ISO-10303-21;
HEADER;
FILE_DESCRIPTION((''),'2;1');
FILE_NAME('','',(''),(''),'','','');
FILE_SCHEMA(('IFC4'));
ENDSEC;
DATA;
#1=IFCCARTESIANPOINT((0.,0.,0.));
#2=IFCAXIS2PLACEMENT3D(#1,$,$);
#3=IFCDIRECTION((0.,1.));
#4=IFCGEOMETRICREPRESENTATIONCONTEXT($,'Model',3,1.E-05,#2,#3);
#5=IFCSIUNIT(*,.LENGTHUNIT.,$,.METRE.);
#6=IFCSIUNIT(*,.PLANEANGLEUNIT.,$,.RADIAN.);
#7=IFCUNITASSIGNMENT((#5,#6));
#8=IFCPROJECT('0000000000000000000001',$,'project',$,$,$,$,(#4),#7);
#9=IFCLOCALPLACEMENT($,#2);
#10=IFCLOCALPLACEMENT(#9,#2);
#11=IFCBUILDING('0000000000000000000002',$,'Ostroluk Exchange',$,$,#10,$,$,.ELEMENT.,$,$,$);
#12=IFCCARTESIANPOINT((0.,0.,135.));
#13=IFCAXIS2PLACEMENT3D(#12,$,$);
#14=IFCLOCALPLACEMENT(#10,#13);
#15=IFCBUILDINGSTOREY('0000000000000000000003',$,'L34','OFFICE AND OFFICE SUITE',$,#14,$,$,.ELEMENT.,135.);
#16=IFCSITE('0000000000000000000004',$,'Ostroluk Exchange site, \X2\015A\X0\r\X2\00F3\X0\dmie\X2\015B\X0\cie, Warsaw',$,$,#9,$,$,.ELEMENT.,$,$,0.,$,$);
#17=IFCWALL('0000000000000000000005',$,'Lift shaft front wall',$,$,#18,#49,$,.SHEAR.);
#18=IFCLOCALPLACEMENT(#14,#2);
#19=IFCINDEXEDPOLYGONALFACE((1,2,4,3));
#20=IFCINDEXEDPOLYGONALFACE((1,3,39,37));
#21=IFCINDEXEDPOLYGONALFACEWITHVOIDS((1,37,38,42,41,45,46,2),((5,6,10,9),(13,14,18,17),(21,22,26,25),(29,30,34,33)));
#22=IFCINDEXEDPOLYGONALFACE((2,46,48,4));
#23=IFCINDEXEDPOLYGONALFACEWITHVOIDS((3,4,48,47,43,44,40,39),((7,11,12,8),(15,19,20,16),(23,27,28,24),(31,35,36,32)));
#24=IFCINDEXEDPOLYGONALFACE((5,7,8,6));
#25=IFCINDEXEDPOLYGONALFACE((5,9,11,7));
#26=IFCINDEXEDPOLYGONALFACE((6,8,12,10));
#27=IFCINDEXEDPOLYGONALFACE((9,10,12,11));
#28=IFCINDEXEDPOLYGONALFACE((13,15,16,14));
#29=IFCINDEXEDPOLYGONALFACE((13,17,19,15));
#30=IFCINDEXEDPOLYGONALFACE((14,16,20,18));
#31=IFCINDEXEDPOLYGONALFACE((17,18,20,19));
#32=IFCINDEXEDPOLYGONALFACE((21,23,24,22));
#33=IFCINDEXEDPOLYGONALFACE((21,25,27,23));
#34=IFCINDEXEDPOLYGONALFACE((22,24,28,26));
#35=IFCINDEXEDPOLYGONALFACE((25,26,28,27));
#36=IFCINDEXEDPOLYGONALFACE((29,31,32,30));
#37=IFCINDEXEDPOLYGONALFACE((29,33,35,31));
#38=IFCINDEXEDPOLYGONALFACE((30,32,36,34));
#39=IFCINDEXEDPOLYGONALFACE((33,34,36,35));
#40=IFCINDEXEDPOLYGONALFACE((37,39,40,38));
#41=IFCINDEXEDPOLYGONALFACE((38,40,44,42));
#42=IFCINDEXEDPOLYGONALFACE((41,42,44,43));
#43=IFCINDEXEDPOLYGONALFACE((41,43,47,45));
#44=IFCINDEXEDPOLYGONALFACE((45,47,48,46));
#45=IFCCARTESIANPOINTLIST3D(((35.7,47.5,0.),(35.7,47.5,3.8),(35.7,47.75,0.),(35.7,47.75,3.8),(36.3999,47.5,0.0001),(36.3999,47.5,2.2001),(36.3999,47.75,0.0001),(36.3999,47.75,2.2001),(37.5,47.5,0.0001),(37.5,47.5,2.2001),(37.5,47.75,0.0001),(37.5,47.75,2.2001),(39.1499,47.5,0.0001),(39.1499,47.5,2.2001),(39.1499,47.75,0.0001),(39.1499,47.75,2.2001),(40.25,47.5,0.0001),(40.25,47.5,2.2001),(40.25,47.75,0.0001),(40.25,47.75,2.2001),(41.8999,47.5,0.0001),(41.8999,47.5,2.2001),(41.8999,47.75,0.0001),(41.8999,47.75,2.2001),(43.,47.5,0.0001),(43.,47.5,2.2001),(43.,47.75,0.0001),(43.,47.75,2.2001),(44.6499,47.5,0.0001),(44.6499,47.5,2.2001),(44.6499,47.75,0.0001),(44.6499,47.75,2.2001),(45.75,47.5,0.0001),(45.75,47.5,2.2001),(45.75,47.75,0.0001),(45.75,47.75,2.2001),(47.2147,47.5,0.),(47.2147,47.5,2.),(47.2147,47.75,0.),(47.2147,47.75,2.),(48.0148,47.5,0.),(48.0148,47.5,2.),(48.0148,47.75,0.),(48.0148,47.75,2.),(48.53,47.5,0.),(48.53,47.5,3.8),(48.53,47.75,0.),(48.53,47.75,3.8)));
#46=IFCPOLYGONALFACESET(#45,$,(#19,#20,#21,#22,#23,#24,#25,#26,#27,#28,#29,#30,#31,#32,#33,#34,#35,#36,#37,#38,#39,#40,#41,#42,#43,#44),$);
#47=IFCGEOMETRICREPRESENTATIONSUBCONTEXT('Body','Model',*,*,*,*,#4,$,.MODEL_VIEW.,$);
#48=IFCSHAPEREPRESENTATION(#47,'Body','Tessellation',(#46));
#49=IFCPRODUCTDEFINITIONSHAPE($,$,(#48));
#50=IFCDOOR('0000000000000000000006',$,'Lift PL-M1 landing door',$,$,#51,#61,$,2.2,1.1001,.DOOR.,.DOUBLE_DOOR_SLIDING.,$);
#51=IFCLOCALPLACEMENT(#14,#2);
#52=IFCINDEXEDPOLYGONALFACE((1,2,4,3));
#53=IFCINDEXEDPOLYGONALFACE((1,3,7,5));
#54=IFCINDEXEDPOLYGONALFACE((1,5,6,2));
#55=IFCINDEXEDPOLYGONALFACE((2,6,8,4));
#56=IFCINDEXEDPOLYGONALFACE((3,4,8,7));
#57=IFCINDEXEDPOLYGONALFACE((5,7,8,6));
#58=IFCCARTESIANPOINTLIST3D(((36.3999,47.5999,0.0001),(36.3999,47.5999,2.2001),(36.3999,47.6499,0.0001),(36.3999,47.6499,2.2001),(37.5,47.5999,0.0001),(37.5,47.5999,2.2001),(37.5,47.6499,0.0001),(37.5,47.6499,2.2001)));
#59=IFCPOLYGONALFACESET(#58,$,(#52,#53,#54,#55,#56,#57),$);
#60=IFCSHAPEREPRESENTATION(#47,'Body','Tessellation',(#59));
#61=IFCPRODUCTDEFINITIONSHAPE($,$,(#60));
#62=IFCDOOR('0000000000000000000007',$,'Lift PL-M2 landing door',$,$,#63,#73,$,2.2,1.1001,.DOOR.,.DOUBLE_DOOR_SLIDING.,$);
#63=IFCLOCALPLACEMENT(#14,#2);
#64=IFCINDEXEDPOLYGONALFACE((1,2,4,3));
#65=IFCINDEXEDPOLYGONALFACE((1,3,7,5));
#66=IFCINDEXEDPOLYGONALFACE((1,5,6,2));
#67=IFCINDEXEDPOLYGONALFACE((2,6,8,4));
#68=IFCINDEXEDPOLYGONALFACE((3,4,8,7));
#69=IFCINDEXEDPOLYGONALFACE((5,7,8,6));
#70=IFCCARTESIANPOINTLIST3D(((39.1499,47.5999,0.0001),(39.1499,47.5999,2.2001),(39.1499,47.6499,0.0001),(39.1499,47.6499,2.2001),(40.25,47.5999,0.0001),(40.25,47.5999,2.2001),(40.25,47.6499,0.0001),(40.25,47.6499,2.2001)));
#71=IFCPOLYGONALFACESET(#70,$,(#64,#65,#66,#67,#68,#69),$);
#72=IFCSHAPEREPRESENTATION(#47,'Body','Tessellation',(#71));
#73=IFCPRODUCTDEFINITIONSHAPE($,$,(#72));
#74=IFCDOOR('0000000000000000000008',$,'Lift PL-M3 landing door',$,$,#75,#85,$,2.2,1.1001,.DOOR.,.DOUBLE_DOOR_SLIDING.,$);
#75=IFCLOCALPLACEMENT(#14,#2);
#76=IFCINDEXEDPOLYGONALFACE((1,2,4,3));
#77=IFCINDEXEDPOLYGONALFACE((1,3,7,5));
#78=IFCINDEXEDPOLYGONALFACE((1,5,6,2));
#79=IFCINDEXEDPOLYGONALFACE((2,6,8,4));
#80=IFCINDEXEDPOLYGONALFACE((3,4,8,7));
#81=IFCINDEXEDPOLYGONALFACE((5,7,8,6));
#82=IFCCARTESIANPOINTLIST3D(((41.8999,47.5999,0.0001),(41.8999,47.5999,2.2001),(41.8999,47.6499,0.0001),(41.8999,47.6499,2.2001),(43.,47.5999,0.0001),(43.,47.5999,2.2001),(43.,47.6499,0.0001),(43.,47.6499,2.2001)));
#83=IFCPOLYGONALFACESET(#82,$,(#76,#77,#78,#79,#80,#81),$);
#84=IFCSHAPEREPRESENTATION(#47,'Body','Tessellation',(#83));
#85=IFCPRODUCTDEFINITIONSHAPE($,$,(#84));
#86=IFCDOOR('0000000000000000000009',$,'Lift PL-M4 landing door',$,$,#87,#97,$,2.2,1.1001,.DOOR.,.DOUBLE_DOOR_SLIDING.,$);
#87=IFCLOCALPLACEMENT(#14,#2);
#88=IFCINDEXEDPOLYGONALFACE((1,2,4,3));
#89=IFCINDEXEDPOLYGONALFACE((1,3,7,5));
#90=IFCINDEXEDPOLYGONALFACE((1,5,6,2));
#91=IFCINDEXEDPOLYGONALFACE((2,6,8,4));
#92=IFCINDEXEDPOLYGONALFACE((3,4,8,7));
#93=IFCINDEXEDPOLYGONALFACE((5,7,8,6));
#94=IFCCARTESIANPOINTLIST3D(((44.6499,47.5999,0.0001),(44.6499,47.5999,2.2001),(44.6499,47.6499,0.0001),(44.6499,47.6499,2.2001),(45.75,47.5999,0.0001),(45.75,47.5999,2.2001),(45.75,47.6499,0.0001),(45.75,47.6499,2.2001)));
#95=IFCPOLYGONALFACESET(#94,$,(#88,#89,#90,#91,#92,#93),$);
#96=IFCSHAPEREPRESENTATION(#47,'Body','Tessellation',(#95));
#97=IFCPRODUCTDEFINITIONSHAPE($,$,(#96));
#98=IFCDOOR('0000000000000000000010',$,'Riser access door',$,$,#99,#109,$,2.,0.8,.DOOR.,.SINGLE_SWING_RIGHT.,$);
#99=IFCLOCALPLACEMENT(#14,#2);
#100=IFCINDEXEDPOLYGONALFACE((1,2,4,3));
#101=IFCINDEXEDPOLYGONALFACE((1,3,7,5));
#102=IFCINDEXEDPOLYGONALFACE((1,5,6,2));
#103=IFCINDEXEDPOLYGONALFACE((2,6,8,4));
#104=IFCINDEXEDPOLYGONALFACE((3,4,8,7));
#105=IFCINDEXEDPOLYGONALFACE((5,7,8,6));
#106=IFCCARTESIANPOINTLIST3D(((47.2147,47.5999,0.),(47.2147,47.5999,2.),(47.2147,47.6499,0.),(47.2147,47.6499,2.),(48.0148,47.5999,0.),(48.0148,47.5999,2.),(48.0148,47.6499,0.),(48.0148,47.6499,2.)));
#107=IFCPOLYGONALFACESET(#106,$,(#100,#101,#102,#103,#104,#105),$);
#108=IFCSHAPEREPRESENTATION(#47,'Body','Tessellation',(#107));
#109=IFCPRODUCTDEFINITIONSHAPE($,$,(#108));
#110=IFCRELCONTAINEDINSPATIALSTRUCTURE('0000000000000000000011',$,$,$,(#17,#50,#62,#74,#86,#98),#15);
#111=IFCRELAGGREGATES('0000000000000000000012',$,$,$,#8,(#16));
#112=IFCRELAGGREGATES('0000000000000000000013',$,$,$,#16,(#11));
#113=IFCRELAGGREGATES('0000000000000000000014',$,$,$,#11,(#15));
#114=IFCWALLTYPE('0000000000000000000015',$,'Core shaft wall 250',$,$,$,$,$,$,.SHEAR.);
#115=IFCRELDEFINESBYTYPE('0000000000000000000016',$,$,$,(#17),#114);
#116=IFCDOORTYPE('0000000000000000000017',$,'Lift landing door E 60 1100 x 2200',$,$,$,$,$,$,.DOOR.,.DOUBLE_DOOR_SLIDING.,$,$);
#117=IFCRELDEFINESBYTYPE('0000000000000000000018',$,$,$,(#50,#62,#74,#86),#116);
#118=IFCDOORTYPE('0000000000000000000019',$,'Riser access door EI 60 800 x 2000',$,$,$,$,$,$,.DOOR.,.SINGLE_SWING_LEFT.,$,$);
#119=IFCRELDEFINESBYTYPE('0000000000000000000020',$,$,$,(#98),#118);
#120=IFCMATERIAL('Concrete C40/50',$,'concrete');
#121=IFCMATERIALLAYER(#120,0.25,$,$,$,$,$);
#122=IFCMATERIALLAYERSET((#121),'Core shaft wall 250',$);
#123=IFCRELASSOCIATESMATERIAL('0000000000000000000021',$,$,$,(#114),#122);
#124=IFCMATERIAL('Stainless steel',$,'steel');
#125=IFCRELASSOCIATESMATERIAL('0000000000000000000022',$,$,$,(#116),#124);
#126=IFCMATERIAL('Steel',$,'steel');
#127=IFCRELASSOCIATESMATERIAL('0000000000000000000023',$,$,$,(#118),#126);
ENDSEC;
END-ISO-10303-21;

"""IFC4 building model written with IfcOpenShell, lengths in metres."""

from ifc_helpers import new_model, si_unit, direction, frame, frame_2d, origin, place, context, subcontext, project, spatial, rectangle, extrude, material, layer, layer_set, type_object, element, fill, save


model = new_model("IFC4")

# Units and contexts
model_context = context("Model", 3, precision=1e-05, world=origin(), true_north=direction((0.0, 1.0)))
body_context = subcontext(model_context, "Body", "Model", "MODEL_VIEW")
ifc_project = project(units=[si_unit("LENGTHUNIT", "METRE"), si_unit("PLANEANGLEUNIT", "RADIAN")], contexts=[model_context])

# Site, building, storey
site_placement = place(None, origin())
site = spatial("IfcSite", under=ifc_project, at=site_placement, Name="Ostroluk Exchange site, Śródmieście, Warsaw", CompositionType="ELEMENT", RefElevation=0.0)
building_placement = place(site_placement, origin())
building = spatial("IfcBuilding", under=site, at=building_placement, Name="Ostroluk Exchange", CompositionType="ELEMENT")
storey_placement = place(building_placement, frame((0.0, 0.0, 135.0)))
storey = spatial("IfcBuildingStorey", under=building, at=storey_placement, Name="L34", Description="OFFICE AND OFFICE SUITE", CompositionType="ELEMENT", Elevation=135.0)

# Shared definitions
ifc_material_1 = material(Name="Concrete C40/50", Category="concrete")
ifc_layer_1 = layer(ifc_material_1, 0.25)
ifc_layer_set_1 = layer_set([ifc_layer_1], Name="Core shaft wall 250")
wall_type_1 = type_object("IfcWallType", Name="Core shaft wall 250", PredefinedType="SHEAR", material=ifc_layer_set_1)

# Wall, openings, doors
wall_1_placement = place(storey_placement, frame((35.7, 47.625, 0.0), z_axis=(0.0, 0.0, 1.0), x_axis=(1.0, 0.0, 0.0)))
wall_1 = element("IfcWall", 1, at=wall_1_placement, inside=storey, type_object=wall_type_1, Name="Lift shaft front wall", PredefinedType="SHEAR", context=body_context, shape_type="SweptSolid", body=[
    extrude(rectangle(XDim=12.8301, YDim=0.25, at=frame_2d((6.415, 0.0))), origin(), (0.0, 0.0, 1.0), 3.8),
])
opening_1_placement = place(wall_1_placement, frame((0.7, 0.0, 0.0)))
opening_1 = element("IfcOpeningElement", 2, at=opening_1_placement, cuts=wall_1, PredefinedType="OPENING", context=body_context, shape_type="SweptSolid", body=[
    extrude(rectangle(XDim=1.1001, YDim=2.2, at=frame_2d((0.55, 1.1001))), frame((0.0, 0.135, 0.0), z_axis=(0.0, -1.0, 0.0), x_axis=(1.0, 0.0, 0.0)), (0.0, 0.0, 1.0), 0.27),
])
opening_2_placement = place(wall_1_placement, frame((3.45, 0.0, 0.0)))
opening_2 = element("IfcOpeningElement", 3, at=opening_2_placement, cuts=wall_1, PredefinedType="OPENING", context=body_context, shape_type="SweptSolid", body=[
    extrude(rectangle(XDim=1.1001, YDim=2.2, at=frame_2d((0.55, 1.1001))), frame((0.0, 0.135, 0.0), z_axis=(0.0, -1.0, 0.0), x_axis=(1.0, 0.0, 0.0)), (0.0, 0.0, 1.0), 0.27),
])
opening_3_placement = place(wall_1_placement, frame((6.2, 0.0, 0.0)))
opening_3 = element("IfcOpeningElement", 4, at=opening_3_placement, cuts=wall_1, PredefinedType="OPENING", context=body_context, shape_type="SweptSolid", body=[
    extrude(rectangle(XDim=1.1001, YDim=2.2, at=frame_2d((0.55, 1.1001))), frame((0.0, 0.135, 0.0), z_axis=(0.0, -1.0, 0.0), x_axis=(1.0, 0.0, 0.0)), (0.0, 0.0, 1.0), 0.27),
])
opening_4_placement = place(wall_1_placement, frame((8.95, 0.0, 0.0)))
opening_4 = element("IfcOpeningElement", 5, at=opening_4_placement, cuts=wall_1, PredefinedType="OPENING", context=body_context, shape_type="SweptSolid", body=[
    extrude(rectangle(XDim=1.1001, YDim=2.2, at=frame_2d((0.55, 1.1001))), frame((0.0, 0.135, 0.0), z_axis=(0.0, -1.0, 0.0), x_axis=(1.0, 0.0, 0.0)), (0.0, 0.0, 1.0), 0.27),
])
opening_5_placement = place(wall_1_placement, frame((11.5149, 0.0, 0.0)))
opening_5 = element("IfcOpeningElement", 6, at=opening_5_placement, cuts=wall_1, PredefinedType="OPENING", context=body_context, shape_type="SweptSolid", body=[
    extrude(rectangle(XDim=0.8, YDim=2.0, at=frame_2d((0.3999, 1.0))), frame((0.0, 0.135, 0.0), z_axis=(0.0, -1.0, 0.0), x_axis=(1.0, 0.0, 0.0)), (0.0, 0.0, 1.0), 0.27),
])
ifc_material_2 = material(Name="Stainless steel", Category="steel")
door_type_1 = type_object("IfcDoorType", Name="Lift landing door E 60 1100 x 2200", OperationType="DOUBLE_DOOR_SLIDING", PredefinedType="DOOR", material=ifc_material_2)
door_1_placement = place(opening_1_placement, origin())
door_1 = element("IfcDoor", 7, at=door_1_placement, inside=storey, type_object=door_type_1, Name="Lift PL-M1 landing door", OperationType="DOUBLE_DOOR_SLIDING", OverallHeight=2.2, OverallWidth=1.1001, PredefinedType="DOOR", context=body_context, shape_type="SweptSolid", body=[
    extrude(rectangle(XDim=1.1001, YDim=2.2, at=frame_2d((0.55, 1.1001))), frame((0.0, 0.0249, 0.0), z_axis=(0.0, -1.0, 0.0), x_axis=(1.0, 0.0, 0.0)), (0.0, 0.0, 1.0), 0.05),
])
fill(opening_1, door_1)
door_2_placement = place(opening_2_placement, origin())
door_2 = element("IfcDoor", 8, at=door_2_placement, inside=storey, type_object=door_type_1, Name="Lift PL-M2 landing door", OperationType="DOUBLE_DOOR_SLIDING", OverallHeight=2.2, OverallWidth=1.1001, PredefinedType="DOOR", context=body_context, shape_type="SweptSolid", body=[
    extrude(rectangle(XDim=1.1001, YDim=2.2, at=frame_2d((0.55, 1.1001))), frame((0.0, 0.0249, 0.0), z_axis=(0.0, -1.0, 0.0), x_axis=(1.0, 0.0, 0.0)), (0.0, 0.0, 1.0), 0.05),
])
fill(opening_2, door_2)
door_3_placement = place(opening_3_placement, origin())
door_3 = element("IfcDoor", 9, at=door_3_placement, inside=storey, type_object=door_type_1, Name="Lift PL-M3 landing door", OperationType="DOUBLE_DOOR_SLIDING", OverallHeight=2.2, OverallWidth=1.1001, PredefinedType="DOOR", context=body_context, shape_type="SweptSolid", body=[
    extrude(rectangle(XDim=1.1001, YDim=2.2, at=frame_2d((0.55, 1.1001))), frame((0.0, 0.0249, 0.0), z_axis=(0.0, -1.0, 0.0), x_axis=(1.0, 0.0, 0.0)), (0.0, 0.0, 1.0), 0.05),
])
fill(opening_3, door_3)
door_4_placement = place(opening_4_placement, origin())
door_4 = element("IfcDoor", 10, at=door_4_placement, inside=storey, type_object=door_type_1, Name="Lift PL-M4 landing door", OperationType="DOUBLE_DOOR_SLIDING", OverallHeight=2.2, OverallWidth=1.1001, PredefinedType="DOOR", context=body_context, shape_type="SweptSolid", body=[
    extrude(rectangle(XDim=1.1001, YDim=2.2, at=frame_2d((0.55, 1.1001))), frame((0.0, 0.0249, 0.0), z_axis=(0.0, -1.0, 0.0), x_axis=(1.0, 0.0, 0.0)), (0.0, 0.0, 1.0), 0.05),
])
fill(opening_4, door_4)
ifc_material_3 = material(Name="Steel", Category="steel")
door_type_2 = type_object("IfcDoorType", Name="Riser access door EI 60 800 x 2000", OperationType="SINGLE_SWING_LEFT", PredefinedType="DOOR", material=ifc_material_3)
door_5_placement = place(opening_5_placement, origin())
door_5 = element("IfcDoor", 11, at=door_5_placement, inside=storey, type_object=door_type_2, Name="Riser access door", OperationType="SINGLE_SWING_RIGHT", OverallHeight=2.0, OverallWidth=0.8, PredefinedType="DOOR", context=body_context, shape_type="SweptSolid", body=[
    extrude(rectangle(XDim=0.8, YDim=2.0, at=frame_2d((0.3999, 1.0))), frame((0.0, 0.0249, 0.0), z_axis=(0.0, -1.0, 0.0), x_axis=(1.0, 0.0, 0.0)), (0.0, 0.0, 1.0), 0.05),
])
fill(opening_5, door_5)

save(model, "model.ifc")
